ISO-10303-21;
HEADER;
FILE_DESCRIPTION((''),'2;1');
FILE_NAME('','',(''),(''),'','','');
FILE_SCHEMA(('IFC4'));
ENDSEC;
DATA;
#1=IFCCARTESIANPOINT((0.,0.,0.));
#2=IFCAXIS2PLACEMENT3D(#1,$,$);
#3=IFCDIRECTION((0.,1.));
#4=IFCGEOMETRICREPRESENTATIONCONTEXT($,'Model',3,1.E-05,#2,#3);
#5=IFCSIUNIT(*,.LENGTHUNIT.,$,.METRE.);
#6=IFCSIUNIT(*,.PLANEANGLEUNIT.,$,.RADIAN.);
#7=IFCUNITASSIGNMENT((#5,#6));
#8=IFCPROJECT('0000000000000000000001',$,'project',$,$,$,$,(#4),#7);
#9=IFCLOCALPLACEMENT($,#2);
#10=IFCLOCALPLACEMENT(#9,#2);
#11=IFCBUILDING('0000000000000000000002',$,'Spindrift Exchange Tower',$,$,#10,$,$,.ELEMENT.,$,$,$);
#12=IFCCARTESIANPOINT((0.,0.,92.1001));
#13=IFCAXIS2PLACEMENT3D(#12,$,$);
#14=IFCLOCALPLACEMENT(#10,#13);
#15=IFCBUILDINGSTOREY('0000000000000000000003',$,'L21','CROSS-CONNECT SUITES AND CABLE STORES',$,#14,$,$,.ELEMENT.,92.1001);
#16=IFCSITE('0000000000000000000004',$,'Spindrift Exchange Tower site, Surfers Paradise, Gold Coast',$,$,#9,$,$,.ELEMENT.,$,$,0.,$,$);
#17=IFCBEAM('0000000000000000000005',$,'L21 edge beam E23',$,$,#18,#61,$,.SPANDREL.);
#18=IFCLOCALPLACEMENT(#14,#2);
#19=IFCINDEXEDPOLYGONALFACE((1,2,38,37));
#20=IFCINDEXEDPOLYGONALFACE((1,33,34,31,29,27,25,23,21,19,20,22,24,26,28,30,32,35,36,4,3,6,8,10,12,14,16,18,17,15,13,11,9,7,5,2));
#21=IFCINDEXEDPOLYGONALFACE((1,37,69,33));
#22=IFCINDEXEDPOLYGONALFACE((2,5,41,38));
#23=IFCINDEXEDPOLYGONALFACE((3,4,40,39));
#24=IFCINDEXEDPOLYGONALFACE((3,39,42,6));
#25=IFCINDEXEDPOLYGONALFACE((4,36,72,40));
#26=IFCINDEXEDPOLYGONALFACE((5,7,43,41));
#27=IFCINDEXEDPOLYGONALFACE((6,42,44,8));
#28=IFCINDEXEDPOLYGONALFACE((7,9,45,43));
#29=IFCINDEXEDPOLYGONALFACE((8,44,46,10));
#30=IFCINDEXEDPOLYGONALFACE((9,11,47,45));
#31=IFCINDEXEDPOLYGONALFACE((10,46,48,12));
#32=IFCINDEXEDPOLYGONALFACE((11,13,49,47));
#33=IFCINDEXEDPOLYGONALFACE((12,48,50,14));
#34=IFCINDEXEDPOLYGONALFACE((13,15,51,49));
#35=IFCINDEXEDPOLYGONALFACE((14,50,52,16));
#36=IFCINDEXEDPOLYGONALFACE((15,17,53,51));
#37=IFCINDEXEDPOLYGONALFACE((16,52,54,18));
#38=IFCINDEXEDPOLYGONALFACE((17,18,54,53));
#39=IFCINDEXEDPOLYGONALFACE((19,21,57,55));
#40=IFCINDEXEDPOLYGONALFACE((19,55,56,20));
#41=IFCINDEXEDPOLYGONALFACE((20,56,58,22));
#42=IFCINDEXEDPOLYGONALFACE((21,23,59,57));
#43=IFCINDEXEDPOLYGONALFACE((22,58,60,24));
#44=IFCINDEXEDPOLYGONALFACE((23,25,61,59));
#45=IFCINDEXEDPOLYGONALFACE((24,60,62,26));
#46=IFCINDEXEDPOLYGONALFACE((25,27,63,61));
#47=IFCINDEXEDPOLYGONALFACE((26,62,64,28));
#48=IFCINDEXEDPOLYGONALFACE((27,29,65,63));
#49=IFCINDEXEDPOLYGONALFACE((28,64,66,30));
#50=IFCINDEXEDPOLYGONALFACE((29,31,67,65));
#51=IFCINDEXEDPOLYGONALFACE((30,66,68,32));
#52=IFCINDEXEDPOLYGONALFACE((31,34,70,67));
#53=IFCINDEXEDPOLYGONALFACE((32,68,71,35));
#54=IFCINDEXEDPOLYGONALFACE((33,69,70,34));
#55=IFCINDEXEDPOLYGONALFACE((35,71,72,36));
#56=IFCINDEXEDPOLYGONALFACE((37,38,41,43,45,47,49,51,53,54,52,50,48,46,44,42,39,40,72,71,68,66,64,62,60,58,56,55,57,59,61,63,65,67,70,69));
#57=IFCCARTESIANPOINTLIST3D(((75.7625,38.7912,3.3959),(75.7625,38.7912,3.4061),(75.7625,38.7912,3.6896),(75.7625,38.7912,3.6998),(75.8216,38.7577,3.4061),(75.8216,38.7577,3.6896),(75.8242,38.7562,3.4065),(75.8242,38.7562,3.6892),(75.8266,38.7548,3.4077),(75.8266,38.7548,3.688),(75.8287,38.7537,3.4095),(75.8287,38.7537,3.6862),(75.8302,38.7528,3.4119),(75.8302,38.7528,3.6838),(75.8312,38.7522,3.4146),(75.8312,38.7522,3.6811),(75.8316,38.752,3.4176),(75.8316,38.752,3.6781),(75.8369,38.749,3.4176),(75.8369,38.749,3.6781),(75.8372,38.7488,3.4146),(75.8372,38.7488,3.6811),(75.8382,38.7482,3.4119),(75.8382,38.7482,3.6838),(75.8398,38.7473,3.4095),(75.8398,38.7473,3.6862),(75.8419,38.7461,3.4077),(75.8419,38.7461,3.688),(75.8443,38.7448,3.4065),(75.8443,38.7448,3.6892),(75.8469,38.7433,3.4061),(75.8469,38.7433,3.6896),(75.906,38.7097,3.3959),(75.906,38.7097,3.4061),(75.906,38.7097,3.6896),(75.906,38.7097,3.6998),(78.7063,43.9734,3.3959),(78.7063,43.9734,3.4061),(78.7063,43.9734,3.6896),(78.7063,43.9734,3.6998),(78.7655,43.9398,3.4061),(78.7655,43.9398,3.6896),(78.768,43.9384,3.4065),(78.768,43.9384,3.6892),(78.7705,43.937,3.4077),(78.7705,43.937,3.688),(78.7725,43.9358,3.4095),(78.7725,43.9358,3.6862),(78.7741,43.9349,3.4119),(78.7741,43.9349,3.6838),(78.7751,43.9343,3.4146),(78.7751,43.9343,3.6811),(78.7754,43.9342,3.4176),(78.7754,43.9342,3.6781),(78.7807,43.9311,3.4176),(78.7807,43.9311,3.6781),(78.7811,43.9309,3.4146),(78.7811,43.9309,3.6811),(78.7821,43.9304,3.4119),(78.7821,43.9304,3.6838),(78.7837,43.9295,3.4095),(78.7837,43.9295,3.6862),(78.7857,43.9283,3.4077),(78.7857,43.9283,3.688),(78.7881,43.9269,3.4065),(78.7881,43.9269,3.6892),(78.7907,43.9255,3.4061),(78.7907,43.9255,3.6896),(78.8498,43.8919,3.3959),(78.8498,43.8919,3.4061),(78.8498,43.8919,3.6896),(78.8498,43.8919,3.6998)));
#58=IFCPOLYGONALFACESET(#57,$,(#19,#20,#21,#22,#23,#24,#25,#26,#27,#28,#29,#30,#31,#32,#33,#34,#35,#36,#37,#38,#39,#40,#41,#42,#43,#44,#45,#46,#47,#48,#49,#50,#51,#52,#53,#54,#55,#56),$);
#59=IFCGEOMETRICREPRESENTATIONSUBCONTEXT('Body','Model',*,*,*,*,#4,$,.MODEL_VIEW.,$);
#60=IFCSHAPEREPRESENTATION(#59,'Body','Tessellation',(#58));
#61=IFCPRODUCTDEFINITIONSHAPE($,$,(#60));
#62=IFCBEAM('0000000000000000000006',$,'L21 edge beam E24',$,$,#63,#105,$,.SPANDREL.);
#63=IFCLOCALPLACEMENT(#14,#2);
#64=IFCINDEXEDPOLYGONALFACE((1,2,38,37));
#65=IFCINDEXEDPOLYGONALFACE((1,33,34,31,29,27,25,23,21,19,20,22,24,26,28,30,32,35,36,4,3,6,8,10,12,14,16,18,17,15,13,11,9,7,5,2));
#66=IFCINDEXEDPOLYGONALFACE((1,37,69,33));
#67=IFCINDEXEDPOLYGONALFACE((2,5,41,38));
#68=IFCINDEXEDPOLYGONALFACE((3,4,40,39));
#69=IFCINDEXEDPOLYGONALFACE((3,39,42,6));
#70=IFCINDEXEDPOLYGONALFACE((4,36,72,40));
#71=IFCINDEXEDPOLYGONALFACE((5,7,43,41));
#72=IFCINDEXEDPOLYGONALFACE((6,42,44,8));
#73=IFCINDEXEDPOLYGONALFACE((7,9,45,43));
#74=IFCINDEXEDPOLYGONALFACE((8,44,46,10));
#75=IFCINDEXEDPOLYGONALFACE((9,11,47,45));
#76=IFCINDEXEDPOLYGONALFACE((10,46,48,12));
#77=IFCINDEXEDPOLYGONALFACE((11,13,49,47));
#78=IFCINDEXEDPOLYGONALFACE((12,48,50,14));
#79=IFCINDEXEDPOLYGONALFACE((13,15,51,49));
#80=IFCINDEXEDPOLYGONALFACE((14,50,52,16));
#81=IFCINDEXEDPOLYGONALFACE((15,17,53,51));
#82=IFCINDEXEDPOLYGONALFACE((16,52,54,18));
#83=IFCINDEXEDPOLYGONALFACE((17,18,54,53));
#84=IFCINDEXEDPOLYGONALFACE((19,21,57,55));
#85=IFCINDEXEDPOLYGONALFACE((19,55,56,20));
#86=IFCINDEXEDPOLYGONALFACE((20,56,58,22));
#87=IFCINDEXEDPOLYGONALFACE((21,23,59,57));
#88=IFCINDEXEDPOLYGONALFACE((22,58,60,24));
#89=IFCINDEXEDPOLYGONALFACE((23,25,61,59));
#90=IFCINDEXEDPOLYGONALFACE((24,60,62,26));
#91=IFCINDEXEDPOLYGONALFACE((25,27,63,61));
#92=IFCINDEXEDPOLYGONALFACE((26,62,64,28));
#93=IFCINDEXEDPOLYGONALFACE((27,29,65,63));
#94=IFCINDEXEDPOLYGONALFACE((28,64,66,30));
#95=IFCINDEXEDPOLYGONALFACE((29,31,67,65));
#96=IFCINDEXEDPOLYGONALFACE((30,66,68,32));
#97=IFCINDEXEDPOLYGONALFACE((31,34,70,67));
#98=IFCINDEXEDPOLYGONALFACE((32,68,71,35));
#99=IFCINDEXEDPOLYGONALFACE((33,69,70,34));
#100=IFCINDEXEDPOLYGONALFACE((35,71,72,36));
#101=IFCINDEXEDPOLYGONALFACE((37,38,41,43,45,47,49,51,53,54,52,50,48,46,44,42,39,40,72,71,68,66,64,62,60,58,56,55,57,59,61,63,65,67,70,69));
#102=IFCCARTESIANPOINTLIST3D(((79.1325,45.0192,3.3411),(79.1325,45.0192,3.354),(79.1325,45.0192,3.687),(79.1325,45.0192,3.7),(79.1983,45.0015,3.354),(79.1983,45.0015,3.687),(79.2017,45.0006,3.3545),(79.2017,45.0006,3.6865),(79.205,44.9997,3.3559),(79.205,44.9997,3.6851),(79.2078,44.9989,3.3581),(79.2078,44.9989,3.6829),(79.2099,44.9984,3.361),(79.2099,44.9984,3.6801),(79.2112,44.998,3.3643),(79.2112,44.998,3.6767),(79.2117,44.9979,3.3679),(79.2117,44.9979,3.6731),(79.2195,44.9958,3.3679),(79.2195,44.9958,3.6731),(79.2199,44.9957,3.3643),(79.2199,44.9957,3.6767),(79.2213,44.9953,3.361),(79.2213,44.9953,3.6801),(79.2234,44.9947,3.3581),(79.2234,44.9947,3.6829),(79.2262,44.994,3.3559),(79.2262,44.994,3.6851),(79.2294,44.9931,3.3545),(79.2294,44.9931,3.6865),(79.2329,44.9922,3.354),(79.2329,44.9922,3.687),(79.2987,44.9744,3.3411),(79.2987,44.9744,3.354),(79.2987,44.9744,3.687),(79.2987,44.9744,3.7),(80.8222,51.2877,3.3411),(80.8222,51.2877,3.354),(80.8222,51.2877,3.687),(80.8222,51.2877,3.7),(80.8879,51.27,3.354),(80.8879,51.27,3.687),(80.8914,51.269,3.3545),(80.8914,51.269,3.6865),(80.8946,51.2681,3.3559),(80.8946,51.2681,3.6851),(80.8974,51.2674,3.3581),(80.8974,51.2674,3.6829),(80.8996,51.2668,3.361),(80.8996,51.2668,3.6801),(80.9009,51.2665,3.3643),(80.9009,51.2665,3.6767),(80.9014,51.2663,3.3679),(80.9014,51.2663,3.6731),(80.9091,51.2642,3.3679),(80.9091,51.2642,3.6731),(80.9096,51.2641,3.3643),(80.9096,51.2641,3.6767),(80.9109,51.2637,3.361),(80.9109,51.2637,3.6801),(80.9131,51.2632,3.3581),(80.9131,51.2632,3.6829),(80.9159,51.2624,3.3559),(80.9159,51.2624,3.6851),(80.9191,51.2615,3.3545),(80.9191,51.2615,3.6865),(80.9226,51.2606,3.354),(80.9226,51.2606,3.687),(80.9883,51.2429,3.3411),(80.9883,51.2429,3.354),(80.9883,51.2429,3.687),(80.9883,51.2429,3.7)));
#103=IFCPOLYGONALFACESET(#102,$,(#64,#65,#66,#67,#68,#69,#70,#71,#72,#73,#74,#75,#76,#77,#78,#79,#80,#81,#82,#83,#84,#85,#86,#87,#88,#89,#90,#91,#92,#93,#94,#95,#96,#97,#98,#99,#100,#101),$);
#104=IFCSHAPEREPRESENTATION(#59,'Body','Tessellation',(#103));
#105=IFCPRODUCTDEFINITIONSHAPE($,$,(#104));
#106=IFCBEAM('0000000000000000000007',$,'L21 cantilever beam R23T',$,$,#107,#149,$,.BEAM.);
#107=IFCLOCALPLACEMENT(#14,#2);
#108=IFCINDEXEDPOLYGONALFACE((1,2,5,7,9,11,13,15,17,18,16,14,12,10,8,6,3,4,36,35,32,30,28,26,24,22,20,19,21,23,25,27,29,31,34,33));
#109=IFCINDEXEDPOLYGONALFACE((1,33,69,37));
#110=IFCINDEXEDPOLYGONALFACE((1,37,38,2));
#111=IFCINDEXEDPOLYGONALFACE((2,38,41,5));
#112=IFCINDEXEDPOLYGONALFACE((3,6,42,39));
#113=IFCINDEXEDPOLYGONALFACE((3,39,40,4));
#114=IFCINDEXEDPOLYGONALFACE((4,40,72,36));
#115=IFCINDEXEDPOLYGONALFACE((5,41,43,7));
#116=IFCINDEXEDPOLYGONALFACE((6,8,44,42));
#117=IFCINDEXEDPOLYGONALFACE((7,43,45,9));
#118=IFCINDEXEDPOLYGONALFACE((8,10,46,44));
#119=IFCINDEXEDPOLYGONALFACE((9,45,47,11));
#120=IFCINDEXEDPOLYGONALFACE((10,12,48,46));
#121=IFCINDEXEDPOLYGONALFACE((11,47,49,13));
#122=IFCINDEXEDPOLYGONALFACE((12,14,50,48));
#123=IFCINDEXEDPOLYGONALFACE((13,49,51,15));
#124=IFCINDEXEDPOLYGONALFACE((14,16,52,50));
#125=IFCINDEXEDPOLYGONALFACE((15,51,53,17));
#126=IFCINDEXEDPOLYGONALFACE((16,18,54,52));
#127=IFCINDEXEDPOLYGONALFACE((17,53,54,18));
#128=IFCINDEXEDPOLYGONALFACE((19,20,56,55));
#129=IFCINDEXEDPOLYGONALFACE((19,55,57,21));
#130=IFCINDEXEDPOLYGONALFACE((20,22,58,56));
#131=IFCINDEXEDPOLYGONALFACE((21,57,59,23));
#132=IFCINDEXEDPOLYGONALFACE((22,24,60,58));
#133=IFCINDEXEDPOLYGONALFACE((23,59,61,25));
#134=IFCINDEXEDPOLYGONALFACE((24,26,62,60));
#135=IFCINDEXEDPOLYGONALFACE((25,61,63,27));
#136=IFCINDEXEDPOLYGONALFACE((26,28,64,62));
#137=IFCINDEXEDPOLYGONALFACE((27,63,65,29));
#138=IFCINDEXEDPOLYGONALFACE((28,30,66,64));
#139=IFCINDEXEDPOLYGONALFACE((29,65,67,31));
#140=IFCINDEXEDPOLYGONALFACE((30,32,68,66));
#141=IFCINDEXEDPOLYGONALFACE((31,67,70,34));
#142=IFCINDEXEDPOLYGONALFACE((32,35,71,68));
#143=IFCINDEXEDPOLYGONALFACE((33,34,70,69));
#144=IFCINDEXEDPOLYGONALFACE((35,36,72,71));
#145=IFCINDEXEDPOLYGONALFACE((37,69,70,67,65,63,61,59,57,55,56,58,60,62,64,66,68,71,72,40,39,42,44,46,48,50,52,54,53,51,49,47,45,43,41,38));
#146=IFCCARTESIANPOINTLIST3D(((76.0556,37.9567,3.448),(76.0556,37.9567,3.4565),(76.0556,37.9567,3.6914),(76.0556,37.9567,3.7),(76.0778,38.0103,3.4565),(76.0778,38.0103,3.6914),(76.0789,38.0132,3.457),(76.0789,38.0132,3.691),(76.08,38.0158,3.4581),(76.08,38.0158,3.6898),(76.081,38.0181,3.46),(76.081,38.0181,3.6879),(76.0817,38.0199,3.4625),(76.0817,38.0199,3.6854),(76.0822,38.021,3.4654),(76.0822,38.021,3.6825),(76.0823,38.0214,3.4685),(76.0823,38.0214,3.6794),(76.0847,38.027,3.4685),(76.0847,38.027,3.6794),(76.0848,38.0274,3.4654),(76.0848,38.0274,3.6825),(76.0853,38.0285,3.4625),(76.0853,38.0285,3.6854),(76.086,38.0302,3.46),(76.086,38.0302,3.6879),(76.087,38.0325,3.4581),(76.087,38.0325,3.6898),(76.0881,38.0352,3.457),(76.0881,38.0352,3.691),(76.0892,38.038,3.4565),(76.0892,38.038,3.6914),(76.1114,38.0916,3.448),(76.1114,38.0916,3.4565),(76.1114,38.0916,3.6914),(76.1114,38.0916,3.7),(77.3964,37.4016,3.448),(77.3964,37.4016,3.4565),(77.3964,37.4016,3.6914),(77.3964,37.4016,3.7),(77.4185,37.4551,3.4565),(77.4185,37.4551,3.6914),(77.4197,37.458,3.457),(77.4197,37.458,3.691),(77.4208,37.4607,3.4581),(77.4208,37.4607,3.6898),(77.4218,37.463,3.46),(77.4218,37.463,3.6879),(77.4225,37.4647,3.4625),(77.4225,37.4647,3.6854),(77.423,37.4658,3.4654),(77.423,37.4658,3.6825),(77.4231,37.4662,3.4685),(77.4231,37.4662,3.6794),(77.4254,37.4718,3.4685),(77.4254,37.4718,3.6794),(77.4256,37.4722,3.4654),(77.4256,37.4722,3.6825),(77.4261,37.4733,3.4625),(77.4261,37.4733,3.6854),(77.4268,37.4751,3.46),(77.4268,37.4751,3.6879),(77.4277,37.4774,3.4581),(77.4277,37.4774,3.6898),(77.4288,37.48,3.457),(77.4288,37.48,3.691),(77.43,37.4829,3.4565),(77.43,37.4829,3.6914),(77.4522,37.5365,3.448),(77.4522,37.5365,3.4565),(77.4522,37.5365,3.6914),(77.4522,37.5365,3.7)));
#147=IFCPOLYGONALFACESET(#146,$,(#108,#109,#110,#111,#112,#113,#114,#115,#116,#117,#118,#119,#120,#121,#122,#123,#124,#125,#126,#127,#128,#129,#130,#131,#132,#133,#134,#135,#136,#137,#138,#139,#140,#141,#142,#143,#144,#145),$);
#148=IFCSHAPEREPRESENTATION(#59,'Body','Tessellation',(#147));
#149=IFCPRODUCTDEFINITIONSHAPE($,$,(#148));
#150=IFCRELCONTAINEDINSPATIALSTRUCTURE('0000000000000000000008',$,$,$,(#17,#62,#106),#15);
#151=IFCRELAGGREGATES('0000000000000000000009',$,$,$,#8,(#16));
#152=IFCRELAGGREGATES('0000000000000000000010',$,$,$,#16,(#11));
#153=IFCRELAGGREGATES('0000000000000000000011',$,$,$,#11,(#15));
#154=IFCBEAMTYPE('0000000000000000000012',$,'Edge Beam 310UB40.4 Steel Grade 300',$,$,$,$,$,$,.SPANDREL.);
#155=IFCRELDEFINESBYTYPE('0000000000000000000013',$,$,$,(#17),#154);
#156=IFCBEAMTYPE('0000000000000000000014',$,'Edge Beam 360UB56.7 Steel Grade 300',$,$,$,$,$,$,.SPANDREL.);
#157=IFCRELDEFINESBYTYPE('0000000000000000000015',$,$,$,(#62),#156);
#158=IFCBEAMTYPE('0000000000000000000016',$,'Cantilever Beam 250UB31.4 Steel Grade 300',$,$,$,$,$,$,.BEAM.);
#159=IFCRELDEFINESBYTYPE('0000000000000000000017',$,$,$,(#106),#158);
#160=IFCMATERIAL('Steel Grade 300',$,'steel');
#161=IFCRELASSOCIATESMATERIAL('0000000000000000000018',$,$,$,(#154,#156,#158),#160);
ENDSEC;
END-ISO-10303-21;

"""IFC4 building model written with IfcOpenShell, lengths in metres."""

from ifc_helpers import new_model, si_unit, direction, frame, origin, origin_2d, place, context, subcontext, project, spatial, i_section, extrude, source, transform, mapped, material, material_profile, profile_set, type_object, element, save


model = new_model("IFC4")

# Units and contexts
model_context = context("Model", 3, precision=1e-05, world=origin(), true_north=direction((0.0, 1.0)))
body_context = subcontext(model_context, "Body", "Model", "MODEL_VIEW")
ifc_project = project(units=[si_unit("LENGTHUNIT", "METRE"), si_unit("PLANEANGLEUNIT", "RADIAN")], contexts=[model_context])

# Site, building, storey
site_placement = place(None, origin())
site = spatial("IfcSite", under=ifc_project, at=site_placement, Name="Spindrift Exchange Tower site, Surfers Paradise, Gold Coast", CompositionType="ELEMENT", RefElevation=0.0)
building_placement = place(site_placement, origin())
building = spatial("IfcBuilding", under=site, at=building_placement, Name="Spindrift Exchange Tower", CompositionType="ELEMENT")
storey_placement = place(building_placement, frame((0.0, 0.0, 92.1001)))
storey = spatial("IfcBuildingStorey", under=building, at=storey_placement, Name="L21", Description="CROSS-CONNECT SUITES AND CABLE STORES", CompositionType="ELEMENT", Elevation=92.1001)

# Beams
ifc_material_1 = material(Name="Steel Grade 300", Category="steel")
ifc_material_profile_1 = material_profile(ifc_material_1, i_section(OverallWidth=0.165, OverallDepth=0.304, WebThickness=0.0061, FlangeThickness=0.0103, FilletRadius=0.0115, at=origin_2d()), Name="310UB40.4")
ifc_profile_set_1 = profile_set([ifc_material_profile_1], Name="Steel Grade 300")
beam_type_1 = type_object("IfcBeamType", Name="Edge Beam 310UB40.4 Steel Grade 300", PredefinedType="SPANDREL", material=ifc_profile_set_1)
shared_shape_1 = source(origin(), body_context, "Body", "SweptSolid", [
    extrude(i_section(OverallWidth=0.165, OverallDepth=0.304, WebThickness=0.0061, FlangeThickness=0.0103, FilletRadius=0.0115, at=origin_2d()), origin(), (0.0, 0.0, 1.0), 5.96),
])
beam_1_placement = place(storey_placement, frame((75.8342, 38.7505, 3.5479), z_axis=(0.49394, 0.869496, 0.0), x_axis=(-0.869496, 0.49394, 0.0)))
element("IfcBeam", 1, at=beam_1_placement, inside=storey, type_object=beam_type_1, Name="L21 edge beam E23", PredefinedType="SPANDREL", context=body_context, shape_type="MappedRepresentation", body=[
    mapped(shared_shape_1, transform((0.0, 0.0, 0.0), scale=1.0)),
])
ifc_material_profile_2 = material_profile(ifc_material_1, i_section(OverallWidth=0.1721, OverallDepth=0.3589, WebThickness=0.0081, FlangeThickness=0.0129, FilletRadius=0.0139, at=origin_2d()), Name="360UB56.7")
ifc_profile_set_2 = profile_set([ifc_material_profile_2], Name="Steel Grade 300")
beam_type_2 = type_object("IfcBeamType", Name="Edge Beam 360UB56.7 Steel Grade 300", PredefinedType="SPANDREL", material=ifc_profile_set_2)
shared_shape_2 = source(origin(), body_context, "Body", "SweptSolid", [
    extrude(i_section(OverallWidth=0.1721, OverallDepth=0.3589, WebThickness=0.0081, FlangeThickness=0.0129, FilletRadius=0.0139, at=origin_2d()), origin(), (0.0, 0.0, 1.0), 6.4922),
])
beam_2_placement = place(storey_placement, frame((79.2156, 44.9968, 3.5205), z_axis=(0.260262, 0.965538, 0.0), x_axis=(-0.965538, 0.260262, 0.0)))
element("IfcBeam", 2, at=beam_2_placement, inside=storey, type_object=beam_type_2, Name="L21 edge beam E24", PredefinedType="SPANDREL", context=body_context, shape_type="MappedRepresentation", body=[
    mapped(shared_shape_2, transform((0.0, 0.0, 0.0), scale=1.0)),
])
ifc_material_profile_3 = material_profile(ifc_material_1, i_section(OverallWidth=0.146, OverallDepth=0.252, WebThickness=0.0061, FlangeThickness=0.0085, FilletRadius=0.012, at=origin_2d()), Name="250UB31.4")
ifc_profile_set_3 = profile_set([ifc_material_profile_3], Name="Steel Grade 300")
beam_type_3 = type_object("IfcBeamType", Name="Cantilever Beam 250UB31.4 Steel Grade 300", PredefinedType="BEAM", material=ifc_profile_set_3)
shared_shape_3 = source(origin(), body_context, "Body", "SweptSolid", [
    extrude(i_section(OverallWidth=0.146, OverallDepth=0.252, WebThickness=0.0061, FlangeThickness=0.0085, FilletRadius=0.012, at=origin_2d()), origin(), (0.0, 0.0, 1.0), 1.4512),
])
beam_3_placement = place(storey_placement, frame((76.0835, 38.0242, 3.574), z_axis=(0.923931, -0.38256, 0.0), x_axis=(0.38256, 0.923931, 0.0)))
element("IfcBeam", 3, at=beam_3_placement, inside=storey, type_object=beam_type_3, Name="L21 cantilever beam R23T", PredefinedType="BEAM", context=body_context, shape_type="MappedRepresentation", body=[
    mapped(shared_shape_3, transform((0.0, 0.0, 0.0), scale=1.0)),
])

save(model, "model.ifc")
